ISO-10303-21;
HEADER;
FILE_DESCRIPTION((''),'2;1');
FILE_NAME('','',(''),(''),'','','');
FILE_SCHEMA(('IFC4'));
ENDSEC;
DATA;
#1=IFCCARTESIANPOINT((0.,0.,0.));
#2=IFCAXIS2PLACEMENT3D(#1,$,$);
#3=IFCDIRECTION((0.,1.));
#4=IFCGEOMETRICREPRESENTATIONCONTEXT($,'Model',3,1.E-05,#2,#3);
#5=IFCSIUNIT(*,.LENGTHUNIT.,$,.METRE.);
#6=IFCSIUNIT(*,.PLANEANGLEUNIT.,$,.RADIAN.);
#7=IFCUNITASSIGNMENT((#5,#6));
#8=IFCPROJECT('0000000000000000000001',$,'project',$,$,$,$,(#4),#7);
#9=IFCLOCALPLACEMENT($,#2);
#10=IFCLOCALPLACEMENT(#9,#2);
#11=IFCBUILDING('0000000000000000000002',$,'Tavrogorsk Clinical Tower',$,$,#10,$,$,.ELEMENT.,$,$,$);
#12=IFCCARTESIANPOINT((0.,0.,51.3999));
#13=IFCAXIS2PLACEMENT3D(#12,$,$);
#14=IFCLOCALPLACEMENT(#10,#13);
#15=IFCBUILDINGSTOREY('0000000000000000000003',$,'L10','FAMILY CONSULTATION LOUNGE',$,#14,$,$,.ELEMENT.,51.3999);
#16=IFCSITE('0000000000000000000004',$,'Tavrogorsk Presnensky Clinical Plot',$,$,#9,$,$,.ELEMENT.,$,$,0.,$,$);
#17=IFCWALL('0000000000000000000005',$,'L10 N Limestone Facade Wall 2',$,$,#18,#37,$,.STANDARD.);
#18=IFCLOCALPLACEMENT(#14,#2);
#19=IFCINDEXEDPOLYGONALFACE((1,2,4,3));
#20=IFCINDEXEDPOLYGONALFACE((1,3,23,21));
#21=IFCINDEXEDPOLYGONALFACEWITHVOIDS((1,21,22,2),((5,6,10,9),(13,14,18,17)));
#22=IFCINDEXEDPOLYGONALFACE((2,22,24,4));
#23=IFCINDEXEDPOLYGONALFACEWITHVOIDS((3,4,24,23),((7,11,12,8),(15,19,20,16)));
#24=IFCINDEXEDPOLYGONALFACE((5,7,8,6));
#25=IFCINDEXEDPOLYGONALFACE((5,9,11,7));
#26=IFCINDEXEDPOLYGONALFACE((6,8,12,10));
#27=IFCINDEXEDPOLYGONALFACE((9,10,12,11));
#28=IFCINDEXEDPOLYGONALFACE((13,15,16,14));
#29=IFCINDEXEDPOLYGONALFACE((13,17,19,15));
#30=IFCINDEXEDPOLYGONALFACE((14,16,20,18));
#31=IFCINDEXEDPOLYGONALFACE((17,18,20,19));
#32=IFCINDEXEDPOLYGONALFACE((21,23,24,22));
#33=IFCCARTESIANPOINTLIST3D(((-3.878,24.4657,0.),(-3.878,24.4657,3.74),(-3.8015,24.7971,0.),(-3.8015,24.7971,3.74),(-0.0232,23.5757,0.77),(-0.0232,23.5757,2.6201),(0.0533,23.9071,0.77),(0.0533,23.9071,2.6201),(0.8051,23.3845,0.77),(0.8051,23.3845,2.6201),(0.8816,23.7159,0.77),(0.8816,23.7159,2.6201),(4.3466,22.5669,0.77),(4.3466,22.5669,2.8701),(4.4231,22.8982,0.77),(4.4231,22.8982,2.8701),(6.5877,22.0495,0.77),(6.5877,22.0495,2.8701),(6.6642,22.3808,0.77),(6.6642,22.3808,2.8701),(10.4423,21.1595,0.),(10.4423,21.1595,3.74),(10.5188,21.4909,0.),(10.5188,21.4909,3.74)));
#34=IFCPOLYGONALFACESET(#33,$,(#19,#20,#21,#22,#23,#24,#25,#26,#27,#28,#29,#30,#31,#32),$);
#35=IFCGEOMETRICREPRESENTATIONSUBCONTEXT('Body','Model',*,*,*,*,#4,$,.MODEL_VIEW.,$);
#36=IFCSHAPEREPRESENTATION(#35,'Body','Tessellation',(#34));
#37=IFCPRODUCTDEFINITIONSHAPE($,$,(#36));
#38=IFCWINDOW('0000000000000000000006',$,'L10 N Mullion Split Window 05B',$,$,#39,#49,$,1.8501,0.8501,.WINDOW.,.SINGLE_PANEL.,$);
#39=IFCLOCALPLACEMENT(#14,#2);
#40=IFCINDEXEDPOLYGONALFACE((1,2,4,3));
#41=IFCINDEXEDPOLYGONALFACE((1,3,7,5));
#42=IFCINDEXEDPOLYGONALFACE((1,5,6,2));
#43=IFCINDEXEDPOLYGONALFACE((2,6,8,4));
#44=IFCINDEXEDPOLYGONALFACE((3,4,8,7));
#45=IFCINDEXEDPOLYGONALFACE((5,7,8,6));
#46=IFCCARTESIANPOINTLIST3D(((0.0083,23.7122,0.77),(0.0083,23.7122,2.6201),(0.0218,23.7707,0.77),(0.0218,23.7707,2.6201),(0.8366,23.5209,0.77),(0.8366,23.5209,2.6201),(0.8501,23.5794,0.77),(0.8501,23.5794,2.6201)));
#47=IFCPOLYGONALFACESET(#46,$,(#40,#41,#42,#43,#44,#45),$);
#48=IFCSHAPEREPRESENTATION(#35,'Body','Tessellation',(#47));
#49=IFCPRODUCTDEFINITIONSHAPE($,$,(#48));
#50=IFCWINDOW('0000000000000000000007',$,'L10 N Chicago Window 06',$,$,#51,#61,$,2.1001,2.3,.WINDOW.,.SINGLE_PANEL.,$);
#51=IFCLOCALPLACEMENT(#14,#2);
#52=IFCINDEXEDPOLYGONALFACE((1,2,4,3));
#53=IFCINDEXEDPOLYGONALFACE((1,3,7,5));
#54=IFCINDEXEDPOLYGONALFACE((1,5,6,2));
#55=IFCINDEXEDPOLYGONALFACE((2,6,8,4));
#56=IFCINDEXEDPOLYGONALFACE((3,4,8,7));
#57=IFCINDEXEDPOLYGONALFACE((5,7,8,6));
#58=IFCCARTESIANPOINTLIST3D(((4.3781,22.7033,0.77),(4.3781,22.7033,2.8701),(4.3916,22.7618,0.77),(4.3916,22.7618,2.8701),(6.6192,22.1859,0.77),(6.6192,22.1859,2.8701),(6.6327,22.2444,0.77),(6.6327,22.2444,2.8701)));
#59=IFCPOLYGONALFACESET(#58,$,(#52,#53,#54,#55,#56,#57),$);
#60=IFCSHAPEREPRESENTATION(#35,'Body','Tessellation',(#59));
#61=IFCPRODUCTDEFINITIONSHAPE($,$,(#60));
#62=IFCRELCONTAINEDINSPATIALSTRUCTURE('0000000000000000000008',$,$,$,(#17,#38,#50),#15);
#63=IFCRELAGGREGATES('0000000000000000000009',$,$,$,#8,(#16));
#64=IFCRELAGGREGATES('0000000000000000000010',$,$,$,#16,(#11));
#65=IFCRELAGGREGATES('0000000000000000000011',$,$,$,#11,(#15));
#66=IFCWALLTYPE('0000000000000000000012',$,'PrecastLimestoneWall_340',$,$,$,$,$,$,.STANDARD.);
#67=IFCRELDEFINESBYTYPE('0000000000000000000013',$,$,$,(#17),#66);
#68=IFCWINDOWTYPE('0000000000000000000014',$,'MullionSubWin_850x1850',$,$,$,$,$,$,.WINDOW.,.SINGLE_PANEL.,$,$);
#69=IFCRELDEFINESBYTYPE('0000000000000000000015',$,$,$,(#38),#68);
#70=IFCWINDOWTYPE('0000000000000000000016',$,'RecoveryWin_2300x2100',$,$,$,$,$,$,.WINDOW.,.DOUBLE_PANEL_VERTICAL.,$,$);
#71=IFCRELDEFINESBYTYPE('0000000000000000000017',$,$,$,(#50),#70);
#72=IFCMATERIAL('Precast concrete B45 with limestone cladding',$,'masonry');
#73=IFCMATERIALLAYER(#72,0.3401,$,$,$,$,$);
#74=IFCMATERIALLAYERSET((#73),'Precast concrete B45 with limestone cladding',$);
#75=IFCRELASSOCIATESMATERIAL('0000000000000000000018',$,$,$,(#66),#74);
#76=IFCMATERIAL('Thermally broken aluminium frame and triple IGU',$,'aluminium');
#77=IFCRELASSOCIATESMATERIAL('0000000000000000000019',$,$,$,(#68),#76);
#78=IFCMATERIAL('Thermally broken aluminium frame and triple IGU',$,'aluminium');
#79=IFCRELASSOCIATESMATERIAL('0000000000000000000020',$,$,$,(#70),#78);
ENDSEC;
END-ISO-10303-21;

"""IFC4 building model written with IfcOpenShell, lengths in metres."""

from ifc_helpers import new_model, si_unit, direction, frame, frame_2d, origin, place, context, subcontext, project, spatial, rectangle, extrude, material, layer, layer_set, type_object, element, fill, save


model = new_model("IFC4")

# Units and contexts
model_context = context("Model", 3, precision=1e-05, world=origin(), true_north=direction((0.0, 1.0)))
body_context = subcontext(model_context, "Body", "Model", "MODEL_VIEW")
ifc_project = project(units=[si_unit("LENGTHUNIT", "METRE"), si_unit("PLANEANGLEUNIT", "RADIAN")], contexts=[model_context])

# Site, building, storey
site_placement = place(None, origin())
site = spatial("IfcSite", under=ifc_project, at=site_placement, Name="Tavrogorsk Presnensky Clinical Plot", CompositionType="ELEMENT", RefElevation=0.0)
building_placement = place(site_placement, origin())
building = spatial("IfcBuilding", under=site, at=building_placement, Name="Tavrogorsk Clinical Tower", CompositionType="ELEMENT")
storey_placement = place(building_placement, frame((0.0, 0.0, 51.3999)))
storey = spatial("IfcBuildingStorey", under=building, at=storey_placement, Name="L10", Description="FAMILY CONSULTATION LOUNGE", CompositionType="ELEMENT", Elevation=51.3999)

# Wall, openings, windows
ifc_material_1 = material(Name="Precast concrete B45 with limestone cladding", Category="masonry")
ifc_layer_1 = layer(ifc_material_1, 0.3401)
ifc_layer_set_1 = layer_set([ifc_layer_1], Name="Precast concrete B45 with limestone cladding")
wall_type_1 = type_object("IfcWallType", Name="PrecastLimestoneWall_340", PredefinedType="STANDARD", material=ifc_layer_set_1)
wall_1_placement = place(storey_placement, frame((10.4807, 21.3252, 0.0), z_axis=(0.0, 0.0, 1.0), x_axis=(-0.974369, 0.224954, 0.0)))
wall_1 = element("IfcWall", 1, at=wall_1_placement, inside=storey, type_object=wall_type_1, Name="L10 N Limestone Facade Wall 2", PredefinedType="STANDARD", context=body_context, shape_type="SweptSolid", body=[
    extrude(rectangle(XDim=14.697, YDim=0.3401, at=frame_2d((7.3486, 0.0))), origin(), (0.0, 0.0, 1.0), 3.74),
])
opening_1_placement = place(wall_1_placement, frame((9.8909, 0.0, 0.77)))
opening_1 = element("IfcOpeningElement", 2, at=opening_1_placement, cuts=wall_1, PredefinedType="OPENING", context=body_context, shape_type="SweptSolid", body=[
    extrude(rectangle(XDim=0.8501, YDim=1.8501, at=frame_2d((0.425, 0.925))), frame((0.0, 0.1799, 0.0), z_axis=(0.0, -1.0, 0.0), x_axis=(1.0, 0.0, 0.0)), (0.0, 0.0, 1.0), 0.3601),
])
opening_2_placement = place(wall_1_placement, frame((3.9563, 0.0, 0.77)))
opening_2 = element("IfcOpeningElement", 3, at=opening_2_placement, cuts=wall_1, PredefinedType="OPENING", context=body_context, shape_type="SweptSolid", body=[
    extrude(rectangle(XDim=2.3, YDim=2.1001, at=frame_2d((1.1499, 1.05))), frame((0.0, 0.1799, 0.0), z_axis=(0.0, -1.0, 0.0), x_axis=(1.0, 0.0, 0.0)), (0.0, 0.0, 1.0), 0.3601),
])
ifc_material_2 = material(Name="Thermally broken aluminium frame and triple IGU", Category="aluminium")
window_type_1 = type_object("IfcWindowType", Name="MullionSubWin_850x1850", PartitioningType="SINGLE_PANEL", PredefinedType="WINDOW", material=ifc_material_2)
window_1_placement = place(opening_1_placement, origin())
window_1 = element("IfcWindow", 4, at=window_1_placement, inside=storey, type_object=window_type_1, Name="L10 N Mullion Split Window 05B", OverallHeight=1.8501, OverallWidth=0.8501, PartitioningType="SINGLE_PANEL", PredefinedType="WINDOW", context=body_context, shape_type="SweptSolid", body=[
    extrude(rectangle(XDim=0.8501, YDim=1.8501, at=frame_2d((0.425, 0.925))), frame((0.0, 0.03, 0.0), z_axis=(0.0, -1.0, 0.0), x_axis=(1.0, 0.0, 0.0)), (0.0, 0.0, 1.0), 0.0601),
])
fill(opening_1, window_1)
ifc_material_3 = material(Name="Thermally broken aluminium frame and triple IGU", Category="aluminium")
window_type_2 = type_object("IfcWindowType", Name="RecoveryWin_2300x2100", PartitioningType="DOUBLE_PANEL_VERTICAL", PredefinedType="WINDOW", material=ifc_material_3)
window_2_placement = place(opening_2_placement, origin())
window_2 = element("IfcWindow", 5, at=window_2_placement, inside=storey, type_object=window_type_2, Name="L10 N Chicago Window 06", OverallHeight=2.1001, OverallWidth=2.3, PartitioningType="SINGLE_PANEL", PredefinedType="WINDOW", context=body_context, shape_type="SweptSolid", body=[
    extrude(rectangle(XDim=2.3, YDim=2.1001, at=frame_2d((1.1499, 1.05))), frame((0.0, 0.03, 0.0), z_axis=(0.0, -1.0, 0.0), x_axis=(1.0, 0.0, 0.0)), (0.0, 0.0, 1.0), 0.0601),
])
fill(opening_2, window_2)

save(model, "model.ifc")
